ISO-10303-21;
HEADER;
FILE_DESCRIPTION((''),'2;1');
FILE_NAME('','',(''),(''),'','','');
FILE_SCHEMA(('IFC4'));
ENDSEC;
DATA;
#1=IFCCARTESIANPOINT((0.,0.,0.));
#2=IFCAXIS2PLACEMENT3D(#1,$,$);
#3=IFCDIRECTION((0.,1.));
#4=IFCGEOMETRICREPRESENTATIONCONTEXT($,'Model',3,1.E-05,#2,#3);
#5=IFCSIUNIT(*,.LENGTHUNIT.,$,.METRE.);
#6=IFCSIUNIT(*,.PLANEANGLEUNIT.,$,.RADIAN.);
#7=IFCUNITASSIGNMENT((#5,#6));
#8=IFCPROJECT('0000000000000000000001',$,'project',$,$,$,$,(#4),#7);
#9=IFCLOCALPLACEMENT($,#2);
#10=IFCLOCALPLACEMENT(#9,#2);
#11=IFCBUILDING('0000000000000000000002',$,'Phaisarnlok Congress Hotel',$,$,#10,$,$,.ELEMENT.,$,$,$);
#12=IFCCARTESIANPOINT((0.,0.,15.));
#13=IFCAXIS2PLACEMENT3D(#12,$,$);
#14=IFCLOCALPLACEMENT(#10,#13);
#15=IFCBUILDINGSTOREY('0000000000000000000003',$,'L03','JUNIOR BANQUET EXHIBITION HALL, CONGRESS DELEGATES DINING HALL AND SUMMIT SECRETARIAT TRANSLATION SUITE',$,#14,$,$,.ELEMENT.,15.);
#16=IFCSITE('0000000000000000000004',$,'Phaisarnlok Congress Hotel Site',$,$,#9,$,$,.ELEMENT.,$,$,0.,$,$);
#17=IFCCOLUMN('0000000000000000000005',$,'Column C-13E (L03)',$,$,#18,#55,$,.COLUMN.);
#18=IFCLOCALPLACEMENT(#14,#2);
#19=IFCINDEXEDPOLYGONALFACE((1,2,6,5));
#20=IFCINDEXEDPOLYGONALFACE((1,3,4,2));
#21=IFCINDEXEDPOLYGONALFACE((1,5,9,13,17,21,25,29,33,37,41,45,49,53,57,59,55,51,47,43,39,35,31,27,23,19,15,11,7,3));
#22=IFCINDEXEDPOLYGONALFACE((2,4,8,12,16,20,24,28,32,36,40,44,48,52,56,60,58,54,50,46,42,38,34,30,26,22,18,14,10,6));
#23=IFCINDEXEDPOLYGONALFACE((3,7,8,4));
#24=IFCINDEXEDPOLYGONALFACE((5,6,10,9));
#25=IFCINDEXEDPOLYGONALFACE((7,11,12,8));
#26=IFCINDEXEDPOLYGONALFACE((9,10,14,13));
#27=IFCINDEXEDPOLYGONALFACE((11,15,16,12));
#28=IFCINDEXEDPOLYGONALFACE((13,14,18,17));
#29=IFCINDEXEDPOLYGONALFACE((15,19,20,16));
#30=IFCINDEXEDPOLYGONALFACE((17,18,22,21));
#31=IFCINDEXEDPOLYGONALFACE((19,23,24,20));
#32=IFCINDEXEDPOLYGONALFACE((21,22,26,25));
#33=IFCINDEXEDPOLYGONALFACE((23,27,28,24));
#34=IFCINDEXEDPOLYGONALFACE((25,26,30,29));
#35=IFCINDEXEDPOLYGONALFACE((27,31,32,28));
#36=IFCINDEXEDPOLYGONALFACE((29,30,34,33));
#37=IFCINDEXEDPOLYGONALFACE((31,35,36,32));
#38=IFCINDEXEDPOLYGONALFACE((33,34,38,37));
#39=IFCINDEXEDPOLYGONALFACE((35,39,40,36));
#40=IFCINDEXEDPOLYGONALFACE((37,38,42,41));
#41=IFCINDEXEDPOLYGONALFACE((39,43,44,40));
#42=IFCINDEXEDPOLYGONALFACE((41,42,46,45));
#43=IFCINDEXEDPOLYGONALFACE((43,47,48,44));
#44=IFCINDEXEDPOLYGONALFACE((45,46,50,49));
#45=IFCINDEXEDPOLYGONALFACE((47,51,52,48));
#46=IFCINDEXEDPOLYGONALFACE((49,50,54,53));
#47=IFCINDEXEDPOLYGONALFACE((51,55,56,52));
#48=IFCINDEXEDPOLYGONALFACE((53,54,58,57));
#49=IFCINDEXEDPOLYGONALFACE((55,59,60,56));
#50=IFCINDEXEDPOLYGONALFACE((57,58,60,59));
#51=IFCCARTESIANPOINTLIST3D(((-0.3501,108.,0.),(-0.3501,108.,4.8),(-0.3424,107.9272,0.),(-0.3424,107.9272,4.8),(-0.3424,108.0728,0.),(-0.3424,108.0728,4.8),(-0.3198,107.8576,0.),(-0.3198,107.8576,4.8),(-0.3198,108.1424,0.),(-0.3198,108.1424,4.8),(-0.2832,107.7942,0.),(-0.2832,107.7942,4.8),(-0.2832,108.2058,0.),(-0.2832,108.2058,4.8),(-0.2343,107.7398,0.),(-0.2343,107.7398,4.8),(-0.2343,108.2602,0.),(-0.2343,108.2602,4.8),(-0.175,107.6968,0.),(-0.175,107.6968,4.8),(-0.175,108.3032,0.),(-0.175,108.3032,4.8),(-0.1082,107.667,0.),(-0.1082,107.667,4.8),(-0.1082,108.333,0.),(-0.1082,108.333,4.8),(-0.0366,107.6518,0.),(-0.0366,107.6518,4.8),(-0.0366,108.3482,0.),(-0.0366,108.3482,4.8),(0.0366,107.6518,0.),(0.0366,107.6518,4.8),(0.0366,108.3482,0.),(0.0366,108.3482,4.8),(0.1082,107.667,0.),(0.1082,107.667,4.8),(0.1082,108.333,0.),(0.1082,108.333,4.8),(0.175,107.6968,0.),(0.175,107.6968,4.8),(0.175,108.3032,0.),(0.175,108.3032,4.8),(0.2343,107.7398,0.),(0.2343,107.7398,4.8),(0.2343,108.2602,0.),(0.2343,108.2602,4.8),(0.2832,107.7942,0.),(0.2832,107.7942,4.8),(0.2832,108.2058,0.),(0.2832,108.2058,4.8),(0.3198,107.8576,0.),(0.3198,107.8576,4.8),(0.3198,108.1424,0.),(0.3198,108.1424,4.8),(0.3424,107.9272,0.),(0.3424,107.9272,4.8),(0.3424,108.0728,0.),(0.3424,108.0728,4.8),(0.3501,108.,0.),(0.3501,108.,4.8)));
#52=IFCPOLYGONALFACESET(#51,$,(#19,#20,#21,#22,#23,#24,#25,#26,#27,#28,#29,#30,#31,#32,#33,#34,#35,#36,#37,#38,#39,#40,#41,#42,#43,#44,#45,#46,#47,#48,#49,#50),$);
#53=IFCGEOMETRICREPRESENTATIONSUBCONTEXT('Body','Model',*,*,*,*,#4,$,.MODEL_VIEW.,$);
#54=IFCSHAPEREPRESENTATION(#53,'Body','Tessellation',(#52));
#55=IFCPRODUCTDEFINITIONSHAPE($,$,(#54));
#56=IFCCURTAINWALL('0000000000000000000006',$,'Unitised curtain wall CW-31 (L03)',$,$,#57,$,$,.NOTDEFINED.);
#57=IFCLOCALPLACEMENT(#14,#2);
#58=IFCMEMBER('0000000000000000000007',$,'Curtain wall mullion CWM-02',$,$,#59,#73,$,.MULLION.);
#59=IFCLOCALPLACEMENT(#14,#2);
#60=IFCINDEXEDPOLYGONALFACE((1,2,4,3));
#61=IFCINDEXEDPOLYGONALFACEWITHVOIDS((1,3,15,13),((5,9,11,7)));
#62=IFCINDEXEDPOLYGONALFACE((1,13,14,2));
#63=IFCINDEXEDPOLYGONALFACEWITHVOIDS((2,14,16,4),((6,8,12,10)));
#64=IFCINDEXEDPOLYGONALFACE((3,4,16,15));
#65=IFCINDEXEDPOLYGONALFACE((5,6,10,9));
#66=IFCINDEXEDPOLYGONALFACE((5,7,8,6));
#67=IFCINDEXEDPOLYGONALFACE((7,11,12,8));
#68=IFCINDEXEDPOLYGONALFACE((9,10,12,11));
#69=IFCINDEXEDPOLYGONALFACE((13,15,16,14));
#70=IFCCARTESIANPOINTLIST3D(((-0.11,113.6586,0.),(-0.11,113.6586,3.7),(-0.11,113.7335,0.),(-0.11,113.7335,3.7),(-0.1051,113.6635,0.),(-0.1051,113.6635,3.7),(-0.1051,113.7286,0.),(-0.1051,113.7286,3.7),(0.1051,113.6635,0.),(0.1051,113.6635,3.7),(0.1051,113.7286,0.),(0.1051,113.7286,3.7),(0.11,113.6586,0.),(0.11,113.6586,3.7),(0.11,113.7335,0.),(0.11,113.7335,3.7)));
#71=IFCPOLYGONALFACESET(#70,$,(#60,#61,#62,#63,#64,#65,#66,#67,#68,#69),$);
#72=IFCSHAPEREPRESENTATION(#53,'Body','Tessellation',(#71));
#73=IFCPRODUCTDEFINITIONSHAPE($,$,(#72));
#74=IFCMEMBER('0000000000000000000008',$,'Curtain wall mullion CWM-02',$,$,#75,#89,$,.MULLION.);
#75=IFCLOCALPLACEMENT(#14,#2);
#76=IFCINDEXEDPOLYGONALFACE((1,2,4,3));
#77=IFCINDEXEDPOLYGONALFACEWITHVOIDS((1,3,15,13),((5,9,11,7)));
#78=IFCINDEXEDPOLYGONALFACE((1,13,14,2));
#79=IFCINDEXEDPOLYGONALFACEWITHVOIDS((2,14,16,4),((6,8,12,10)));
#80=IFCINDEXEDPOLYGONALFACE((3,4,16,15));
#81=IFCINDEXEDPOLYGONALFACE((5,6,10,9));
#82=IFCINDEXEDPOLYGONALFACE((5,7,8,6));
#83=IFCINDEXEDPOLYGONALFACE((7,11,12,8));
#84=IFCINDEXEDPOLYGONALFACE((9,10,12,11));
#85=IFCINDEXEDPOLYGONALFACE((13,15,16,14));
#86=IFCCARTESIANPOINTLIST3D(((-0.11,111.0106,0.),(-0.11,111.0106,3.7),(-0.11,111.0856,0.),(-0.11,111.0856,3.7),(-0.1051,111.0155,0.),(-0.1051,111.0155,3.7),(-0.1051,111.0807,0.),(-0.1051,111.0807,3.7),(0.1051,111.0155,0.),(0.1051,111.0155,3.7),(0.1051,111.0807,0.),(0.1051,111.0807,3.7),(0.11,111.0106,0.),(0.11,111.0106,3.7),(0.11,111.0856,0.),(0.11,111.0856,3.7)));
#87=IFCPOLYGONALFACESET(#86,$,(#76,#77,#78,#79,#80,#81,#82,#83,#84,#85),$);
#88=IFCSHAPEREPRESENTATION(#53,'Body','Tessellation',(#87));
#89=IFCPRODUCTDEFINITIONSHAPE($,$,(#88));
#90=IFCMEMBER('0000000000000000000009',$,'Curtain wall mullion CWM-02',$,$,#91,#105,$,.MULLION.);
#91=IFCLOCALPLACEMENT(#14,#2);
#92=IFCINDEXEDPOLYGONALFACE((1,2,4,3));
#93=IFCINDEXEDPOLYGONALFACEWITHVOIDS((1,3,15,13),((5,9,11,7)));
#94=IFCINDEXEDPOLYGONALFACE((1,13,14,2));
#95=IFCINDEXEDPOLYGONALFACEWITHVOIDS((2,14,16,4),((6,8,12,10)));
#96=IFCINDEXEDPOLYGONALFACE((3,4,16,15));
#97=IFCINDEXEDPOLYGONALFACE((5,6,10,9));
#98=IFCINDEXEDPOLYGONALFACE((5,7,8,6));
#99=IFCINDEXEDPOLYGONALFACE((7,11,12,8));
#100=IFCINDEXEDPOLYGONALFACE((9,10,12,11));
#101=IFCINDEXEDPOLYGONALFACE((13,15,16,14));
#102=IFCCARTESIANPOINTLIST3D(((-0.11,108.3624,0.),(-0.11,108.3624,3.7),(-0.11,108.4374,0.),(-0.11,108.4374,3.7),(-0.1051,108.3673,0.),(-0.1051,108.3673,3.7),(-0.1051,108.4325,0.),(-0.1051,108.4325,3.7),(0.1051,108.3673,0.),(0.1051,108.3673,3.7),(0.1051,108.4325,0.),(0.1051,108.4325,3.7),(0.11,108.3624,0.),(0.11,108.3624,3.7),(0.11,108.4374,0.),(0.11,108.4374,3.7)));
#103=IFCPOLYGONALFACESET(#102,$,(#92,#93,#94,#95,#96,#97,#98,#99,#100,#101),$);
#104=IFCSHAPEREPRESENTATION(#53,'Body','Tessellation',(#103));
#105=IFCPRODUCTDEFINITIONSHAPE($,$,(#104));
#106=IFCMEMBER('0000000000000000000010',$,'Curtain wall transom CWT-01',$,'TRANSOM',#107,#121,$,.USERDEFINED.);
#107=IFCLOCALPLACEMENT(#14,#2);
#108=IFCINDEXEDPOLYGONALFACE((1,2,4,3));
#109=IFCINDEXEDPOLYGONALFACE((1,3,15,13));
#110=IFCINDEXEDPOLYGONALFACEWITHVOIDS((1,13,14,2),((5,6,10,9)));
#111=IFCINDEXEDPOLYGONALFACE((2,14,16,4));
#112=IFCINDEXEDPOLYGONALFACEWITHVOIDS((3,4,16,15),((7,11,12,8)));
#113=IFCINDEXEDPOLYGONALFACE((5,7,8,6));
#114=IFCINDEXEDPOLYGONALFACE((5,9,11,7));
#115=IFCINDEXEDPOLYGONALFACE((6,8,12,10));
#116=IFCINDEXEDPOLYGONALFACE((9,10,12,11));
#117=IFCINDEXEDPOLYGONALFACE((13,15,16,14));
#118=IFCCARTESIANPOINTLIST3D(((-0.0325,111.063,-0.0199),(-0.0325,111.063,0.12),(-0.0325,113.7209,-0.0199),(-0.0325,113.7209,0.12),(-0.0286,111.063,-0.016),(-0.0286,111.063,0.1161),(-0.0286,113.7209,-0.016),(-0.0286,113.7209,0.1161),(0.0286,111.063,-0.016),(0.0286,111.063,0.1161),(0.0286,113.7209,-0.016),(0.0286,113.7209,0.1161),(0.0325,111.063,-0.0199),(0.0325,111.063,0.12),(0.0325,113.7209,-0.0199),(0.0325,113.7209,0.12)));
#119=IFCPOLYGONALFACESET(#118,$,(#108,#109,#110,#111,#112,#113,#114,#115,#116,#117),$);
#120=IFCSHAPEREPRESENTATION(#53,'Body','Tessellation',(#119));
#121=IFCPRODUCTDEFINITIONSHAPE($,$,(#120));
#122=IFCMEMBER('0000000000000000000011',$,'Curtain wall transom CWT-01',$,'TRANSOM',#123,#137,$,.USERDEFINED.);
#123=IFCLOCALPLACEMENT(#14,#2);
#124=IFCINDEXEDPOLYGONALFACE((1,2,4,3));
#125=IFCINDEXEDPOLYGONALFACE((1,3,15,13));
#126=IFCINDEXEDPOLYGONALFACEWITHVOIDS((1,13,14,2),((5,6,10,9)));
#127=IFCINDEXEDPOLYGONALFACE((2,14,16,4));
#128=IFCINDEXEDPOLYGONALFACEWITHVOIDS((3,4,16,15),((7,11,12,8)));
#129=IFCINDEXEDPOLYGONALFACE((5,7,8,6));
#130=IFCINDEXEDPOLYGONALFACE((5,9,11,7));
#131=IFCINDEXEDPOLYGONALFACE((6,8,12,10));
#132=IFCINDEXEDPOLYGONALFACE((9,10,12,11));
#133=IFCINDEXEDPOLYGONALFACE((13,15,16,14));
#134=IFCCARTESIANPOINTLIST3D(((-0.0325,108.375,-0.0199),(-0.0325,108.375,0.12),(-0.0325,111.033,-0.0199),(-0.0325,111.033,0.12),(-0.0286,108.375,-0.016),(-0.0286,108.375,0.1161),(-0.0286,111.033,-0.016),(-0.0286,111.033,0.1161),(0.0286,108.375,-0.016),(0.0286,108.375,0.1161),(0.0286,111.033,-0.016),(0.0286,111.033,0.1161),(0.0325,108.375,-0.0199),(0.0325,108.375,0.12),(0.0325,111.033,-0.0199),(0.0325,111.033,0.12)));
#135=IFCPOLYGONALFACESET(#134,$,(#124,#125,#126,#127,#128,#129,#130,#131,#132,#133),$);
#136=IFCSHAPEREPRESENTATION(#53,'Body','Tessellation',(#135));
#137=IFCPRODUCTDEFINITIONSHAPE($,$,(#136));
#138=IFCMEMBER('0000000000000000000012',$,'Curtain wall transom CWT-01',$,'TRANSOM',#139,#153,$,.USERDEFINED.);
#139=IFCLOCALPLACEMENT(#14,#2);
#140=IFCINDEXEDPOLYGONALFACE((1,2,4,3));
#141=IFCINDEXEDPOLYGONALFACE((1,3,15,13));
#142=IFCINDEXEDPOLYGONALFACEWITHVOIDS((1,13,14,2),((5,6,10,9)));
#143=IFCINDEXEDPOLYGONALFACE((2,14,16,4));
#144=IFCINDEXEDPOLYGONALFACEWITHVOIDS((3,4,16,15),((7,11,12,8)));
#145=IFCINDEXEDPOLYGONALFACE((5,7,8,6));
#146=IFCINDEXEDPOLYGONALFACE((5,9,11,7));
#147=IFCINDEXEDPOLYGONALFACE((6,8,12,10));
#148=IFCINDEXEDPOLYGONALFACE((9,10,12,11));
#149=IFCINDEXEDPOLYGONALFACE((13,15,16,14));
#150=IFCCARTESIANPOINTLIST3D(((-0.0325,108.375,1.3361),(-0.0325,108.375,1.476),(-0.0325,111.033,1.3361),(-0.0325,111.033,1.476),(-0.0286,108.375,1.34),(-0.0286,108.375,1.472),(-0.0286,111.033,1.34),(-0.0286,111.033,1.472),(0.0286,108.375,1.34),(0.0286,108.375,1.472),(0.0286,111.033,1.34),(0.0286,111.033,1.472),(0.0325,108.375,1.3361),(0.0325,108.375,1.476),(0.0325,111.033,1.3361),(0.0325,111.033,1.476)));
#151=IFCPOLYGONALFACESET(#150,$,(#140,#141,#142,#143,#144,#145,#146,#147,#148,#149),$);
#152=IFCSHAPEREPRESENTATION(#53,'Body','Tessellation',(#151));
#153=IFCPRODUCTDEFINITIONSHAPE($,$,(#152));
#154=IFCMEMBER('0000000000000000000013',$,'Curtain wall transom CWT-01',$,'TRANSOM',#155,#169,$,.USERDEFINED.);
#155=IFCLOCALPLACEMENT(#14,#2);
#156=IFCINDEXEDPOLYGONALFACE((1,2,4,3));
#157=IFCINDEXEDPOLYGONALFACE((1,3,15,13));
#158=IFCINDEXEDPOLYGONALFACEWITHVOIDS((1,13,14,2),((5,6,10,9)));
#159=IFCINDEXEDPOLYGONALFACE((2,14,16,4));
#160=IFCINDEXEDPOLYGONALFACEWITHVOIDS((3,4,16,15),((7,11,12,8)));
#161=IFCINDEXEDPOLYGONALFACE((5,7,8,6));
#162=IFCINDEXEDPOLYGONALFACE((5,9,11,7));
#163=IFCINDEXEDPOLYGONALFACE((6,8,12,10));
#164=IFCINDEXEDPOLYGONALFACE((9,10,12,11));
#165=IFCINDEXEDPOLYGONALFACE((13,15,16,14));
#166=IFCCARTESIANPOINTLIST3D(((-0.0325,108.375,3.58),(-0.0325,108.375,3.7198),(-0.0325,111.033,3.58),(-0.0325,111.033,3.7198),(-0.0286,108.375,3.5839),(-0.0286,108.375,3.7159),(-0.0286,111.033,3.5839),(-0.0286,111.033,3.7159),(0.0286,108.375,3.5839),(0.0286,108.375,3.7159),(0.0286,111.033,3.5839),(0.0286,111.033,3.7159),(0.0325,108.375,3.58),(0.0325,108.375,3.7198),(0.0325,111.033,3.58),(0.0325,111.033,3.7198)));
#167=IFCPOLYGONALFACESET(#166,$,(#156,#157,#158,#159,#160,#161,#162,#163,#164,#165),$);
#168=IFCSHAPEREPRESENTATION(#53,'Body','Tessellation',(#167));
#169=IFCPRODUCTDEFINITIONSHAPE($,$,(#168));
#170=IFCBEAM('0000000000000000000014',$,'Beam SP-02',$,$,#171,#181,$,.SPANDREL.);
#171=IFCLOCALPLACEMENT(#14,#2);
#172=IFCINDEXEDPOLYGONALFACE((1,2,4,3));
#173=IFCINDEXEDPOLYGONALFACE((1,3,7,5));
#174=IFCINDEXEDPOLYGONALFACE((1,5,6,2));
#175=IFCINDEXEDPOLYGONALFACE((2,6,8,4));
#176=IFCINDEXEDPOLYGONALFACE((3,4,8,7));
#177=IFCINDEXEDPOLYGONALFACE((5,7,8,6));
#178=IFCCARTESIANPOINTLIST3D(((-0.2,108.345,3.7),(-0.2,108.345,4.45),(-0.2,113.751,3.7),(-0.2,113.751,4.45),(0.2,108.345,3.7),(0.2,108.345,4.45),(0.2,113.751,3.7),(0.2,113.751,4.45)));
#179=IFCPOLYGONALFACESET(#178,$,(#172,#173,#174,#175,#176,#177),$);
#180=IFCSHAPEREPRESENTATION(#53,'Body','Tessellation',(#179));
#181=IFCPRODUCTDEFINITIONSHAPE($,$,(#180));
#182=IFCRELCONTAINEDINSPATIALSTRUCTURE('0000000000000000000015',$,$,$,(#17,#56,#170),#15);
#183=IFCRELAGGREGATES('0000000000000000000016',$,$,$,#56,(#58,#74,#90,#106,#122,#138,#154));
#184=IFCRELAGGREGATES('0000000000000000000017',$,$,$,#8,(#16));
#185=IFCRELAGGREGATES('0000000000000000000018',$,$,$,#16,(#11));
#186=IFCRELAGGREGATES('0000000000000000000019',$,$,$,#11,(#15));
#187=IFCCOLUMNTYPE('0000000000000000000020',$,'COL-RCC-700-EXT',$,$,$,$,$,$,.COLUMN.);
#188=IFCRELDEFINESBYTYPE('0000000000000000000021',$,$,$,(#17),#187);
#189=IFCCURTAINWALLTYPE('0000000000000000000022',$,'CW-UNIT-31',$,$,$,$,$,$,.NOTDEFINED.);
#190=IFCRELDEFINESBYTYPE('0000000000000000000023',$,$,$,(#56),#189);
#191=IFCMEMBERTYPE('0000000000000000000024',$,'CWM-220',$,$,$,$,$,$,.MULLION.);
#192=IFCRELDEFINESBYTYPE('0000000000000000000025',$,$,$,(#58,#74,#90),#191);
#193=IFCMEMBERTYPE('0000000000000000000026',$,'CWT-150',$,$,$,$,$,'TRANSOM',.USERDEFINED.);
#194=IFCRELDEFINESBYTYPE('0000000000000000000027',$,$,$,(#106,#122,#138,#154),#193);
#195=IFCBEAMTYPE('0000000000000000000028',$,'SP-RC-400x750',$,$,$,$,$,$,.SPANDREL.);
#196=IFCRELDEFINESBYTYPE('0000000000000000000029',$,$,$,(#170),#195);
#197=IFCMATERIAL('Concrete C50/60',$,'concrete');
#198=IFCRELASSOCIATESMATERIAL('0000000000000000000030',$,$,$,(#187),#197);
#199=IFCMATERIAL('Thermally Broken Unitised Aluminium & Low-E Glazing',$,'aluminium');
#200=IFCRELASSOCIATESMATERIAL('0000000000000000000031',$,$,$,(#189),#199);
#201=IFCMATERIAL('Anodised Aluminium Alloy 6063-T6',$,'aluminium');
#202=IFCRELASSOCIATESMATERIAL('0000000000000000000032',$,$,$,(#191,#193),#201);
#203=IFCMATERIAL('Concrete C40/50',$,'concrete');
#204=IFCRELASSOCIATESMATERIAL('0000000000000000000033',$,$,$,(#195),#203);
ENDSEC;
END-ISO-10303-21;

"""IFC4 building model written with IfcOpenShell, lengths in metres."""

from ifc_helpers import new_model, si_unit, direction, frame, origin, origin_2d, place, context, subcontext, project, spatial, rectangle, hollow_rectangle, circle, extrude, material, material_profile, profile_set, type_object, element, aggregate, save


model = new_model("IFC4")

# Units and contexts
model_context = context("Model", 3, precision=1e-05, world=origin(), true_north=direction((0.0, 1.0)))
body_context = subcontext(model_context, "Body", "Model", "MODEL_VIEW")
ifc_project = project(units=[si_unit("LENGTHUNIT", "METRE"), si_unit("PLANEANGLEUNIT", "RADIAN")], contexts=[model_context])

# Site, building, storey
site_placement = place(None, origin())
site = spatial("IfcSite", under=ifc_project, at=site_placement, Name="Phaisarnlok Congress Hotel Site", CompositionType="ELEMENT", RefElevation=0.0)
building_placement = place(site_placement, origin())
building = spatial("IfcBuilding", under=site, at=building_placement, Name="Phaisarnlok Congress Hotel", CompositionType="ELEMENT")
storey_placement = place(building_placement, frame((0.0, 0.0, 15.0)))
storey = spatial("IfcBuildingStorey", under=building, at=storey_placement, Name="L03", Description="JUNIOR BANQUET EXHIBITION HALL, CONGRESS DELEGATES DINING HALL AND SUMMIT SECRETARIAT TRANSLATION SUITE", CompositionType="ELEMENT", Elevation=15.0)

# Column
ifc_material_1 = material(Name="Concrete C50/60", Category="concrete")
ifc_material_profile_1 = material_profile(ifc_material_1, circle(Radius=0.3501, at=origin_2d()), Name="RCC D700")
ifc_profile_set_1 = profile_set([ifc_material_profile_1], Name="Concrete C50/60")
column_type = type_object("IfcColumnType", Name="COL-RCC-700-EXT", PredefinedType="COLUMN", material=ifc_profile_set_1)
column_placement = place(storey_placement, frame((0.0, 108.0, 0.0), z_axis=(0.0, 0.0, 1.0), x_axis=(1.0, 0.0, 0.0)))
element("IfcColumn", 1, at=column_placement, inside=storey, type_object=column_type, Name="Column C-13E (L03)", PredefinedType="COLUMN", context=body_context, shape_type="SweptSolid", body=[
    extrude(circle(Radius=0.3501, at=origin_2d()), origin(), (0.0, 0.0, 1.0), 4.8),
])

# Curtain wall, members
ifc_material_2 = material(Name="Thermally Broken Unitised Aluminium & Low-E Glazing", Category="aluminium")
curtain_wall_type = type_object("IfcCurtainWallType", Name="CW-UNIT-31", PredefinedType="NOTDEFINED", material=ifc_material_2)
curtain_wall_placement = place(storey_placement, origin())
curtain_wall = element("IfcCurtainWall", 2, at=curtain_wall_placement, inside=storey, type_object=curtain_wall_type, Name="Unitised curtain wall CW-31 (L03)", PredefinedType="NOTDEFINED")
ifc_material_3 = material(Name="Anodised Aluminium Alloy 6063-T6", Category="aluminium")
ifc_material_profile_2 = material_profile(ifc_material_3, hollow_rectangle(XDim=0.075, YDim=0.22, WallThickness=0.0049, at=origin_2d()), Name="ALU-M 75x220x5")
ifc_profile_set_2 = profile_set([ifc_material_profile_2], Name="Anodised Aluminium Alloy 6063-T6")
member_type_1 = type_object("IfcMemberType", Name="CWM-220", PredefinedType="MULLION", material=ifc_profile_set_2)
member_1_placement = place(storey_placement, frame((0.0, 113.696, 0.0), z_axis=(0.0, 0.0, 1.0), x_axis=(0.0, -1.0, 0.0)))
member_1 = element("IfcMember", 3, at=member_1_placement, type_object=member_type_1, Name="Curtain wall mullion CWM-02", PredefinedType="MULLION", context=body_context, shape_type="SweptSolid", body=[
    extrude(hollow_rectangle(XDim=0.075, YDim=0.22, WallThickness=0.0049, at=origin_2d()), origin(), (0.0, 0.0, 1.0), 3.7),
])
member_2_placement = place(storey_placement, frame((0.0, 111.0481, 0.0), z_axis=(0.0, 0.0, 1.0), x_axis=(0.0, -1.0, 0.0)))
member_2 = element("IfcMember", 4, at=member_2_placement, type_object=member_type_1, Name="Curtain wall mullion CWM-02", PredefinedType="MULLION", context=body_context, shape_type="SweptSolid", body=[
    extrude(hollow_rectangle(XDim=0.075, YDim=0.22, WallThickness=0.0049, at=origin_2d()), origin(), (0.0, 0.0, 1.0), 3.7),
])
member_3_placement = place(storey_placement, frame((0.0, 108.3999, 0.0), z_axis=(0.0, 0.0, 1.0), x_axis=(0.0, -1.0, 0.0)))
member_3 = element("IfcMember", 5, at=member_3_placement, type_object=member_type_1, Name="Curtain wall mullion CWM-02", PredefinedType="MULLION", context=body_context, shape_type="SweptSolid", body=[
    extrude(hollow_rectangle(XDim=0.075, YDim=0.22, WallThickness=0.0049, at=origin_2d()), origin(), (0.0, 0.0, 1.0), 3.7),
])
ifc_material_profile_3 = material_profile(ifc_material_3, hollow_rectangle(XDim=0.0649, YDim=0.1399, WallThickness=0.0039, at=origin_2d()), Name="ALU-T 65x140x4")
ifc_profile_set_3 = profile_set([ifc_material_profile_3], Name="Anodised Aluminium Alloy 6063-T6")
member_type_2 = type_object("IfcMemberType", Name="CWT-150", ElementType="TRANSOM", PredefinedType="USERDEFINED", material=ifc_profile_set_3)
member_4_placement = place(storey_placement, frame((0.0, 113.7209, 0.05), z_axis=(0.0, -1.0, 0.0), x_axis=(1.0, 0.0, 0.0)))
member_4 = element("IfcMember", 6, at=member_4_placement, type_object=member_type_2, Name="Curtain wall transom CWT-01", ObjectType="TRANSOM", PredefinedType="USERDEFINED", context=body_context, shape_type="SweptSolid", body=[
    extrude(hollow_rectangle(XDim=0.0649, YDim=0.1399, WallThickness=0.0039, at=origin_2d()), origin(), (0.0, 0.0, 1.0), 2.658),
])
member_5_placement = place(storey_placement, frame((0.0, 111.033, 0.05), z_axis=(0.0, -1.0, 0.0), x_axis=(1.0, 0.0, 0.0)))
member_5 = element("IfcMember", 7, at=member_5_placement, type_object=member_type_2, Name="Curtain wall transom CWT-01", ObjectType="TRANSOM", PredefinedType="USERDEFINED", context=body_context, shape_type="SweptSolid", body=[
    extrude(hollow_rectangle(XDim=0.0649, YDim=0.1399, WallThickness=0.0039, at=origin_2d()), origin(), (0.0, 0.0, 1.0), 2.658),
])
member_6_placement = place(storey_placement, frame((0.0, 111.033, 1.406), z_axis=(0.0, -1.0, 0.0), x_axis=(1.0, 0.0, 0.0)))
member_6 = element("IfcMember", 8, at=member_6_placement, type_object=member_type_2, Name="Curtain wall transom CWT-01", ObjectType="TRANSOM", PredefinedType="USERDEFINED", context=body_context, shape_type="SweptSolid", body=[
    extrude(hollow_rectangle(XDim=0.0649, YDim=0.1399, WallThickness=0.0039, at=origin_2d()), origin(), (0.0, 0.0, 1.0), 2.658),
])
member_7_placement = place(storey_placement, frame((0.0, 111.033, 3.6499), z_axis=(0.0, -1.0, 0.0), x_axis=(1.0, 0.0, 0.0)))
member_7 = element("IfcMember", 9, at=member_7_placement, type_object=member_type_2, Name="Curtain wall transom CWT-01", ObjectType="TRANSOM", PredefinedType="USERDEFINED", context=body_context, shape_type="SweptSolid", body=[
    extrude(hollow_rectangle(XDim=0.0649, YDim=0.1399, WallThickness=0.0039, at=origin_2d()), origin(), (0.0, 0.0, 1.0), 2.658),
])

# Beam
ifc_material_4 = material(Name="Concrete C40/50", Category="concrete")
ifc_material_profile_4 = material_profile(ifc_material_4, rectangle(XDim=0.3999, YDim=0.75, at=origin_2d()), Name="RC 400x750")
ifc_profile_set_4 = profile_set([ifc_material_profile_4], Name="Concrete C40/50")
beam_type = type_object("IfcBeamType", Name="SP-RC-400x750", PredefinedType="SPANDREL", material=ifc_profile_set_4)
beam_placement = place(storey_placement, frame((0.0, 108.345, 4.075), z_axis=(0.0, 1.0, 0.0), x_axis=(-1.0, 0.0, 0.0)))
element("IfcBeam", 10, at=beam_placement, inside=storey, type_object=beam_type, Name="Beam SP-02", PredefinedType="SPANDREL", context=body_context, shape_type="SweptSolid", body=[
    extrude(rectangle(XDim=0.3999, YDim=0.75, at=origin_2d()), origin(), (0.0, 0.0, 1.0), 5.406),
])

aggregate(curtain_wall, [member_1, member_2, member_3, member_4, member_5, member_6, member_7])

save(model, "model.ifc")
